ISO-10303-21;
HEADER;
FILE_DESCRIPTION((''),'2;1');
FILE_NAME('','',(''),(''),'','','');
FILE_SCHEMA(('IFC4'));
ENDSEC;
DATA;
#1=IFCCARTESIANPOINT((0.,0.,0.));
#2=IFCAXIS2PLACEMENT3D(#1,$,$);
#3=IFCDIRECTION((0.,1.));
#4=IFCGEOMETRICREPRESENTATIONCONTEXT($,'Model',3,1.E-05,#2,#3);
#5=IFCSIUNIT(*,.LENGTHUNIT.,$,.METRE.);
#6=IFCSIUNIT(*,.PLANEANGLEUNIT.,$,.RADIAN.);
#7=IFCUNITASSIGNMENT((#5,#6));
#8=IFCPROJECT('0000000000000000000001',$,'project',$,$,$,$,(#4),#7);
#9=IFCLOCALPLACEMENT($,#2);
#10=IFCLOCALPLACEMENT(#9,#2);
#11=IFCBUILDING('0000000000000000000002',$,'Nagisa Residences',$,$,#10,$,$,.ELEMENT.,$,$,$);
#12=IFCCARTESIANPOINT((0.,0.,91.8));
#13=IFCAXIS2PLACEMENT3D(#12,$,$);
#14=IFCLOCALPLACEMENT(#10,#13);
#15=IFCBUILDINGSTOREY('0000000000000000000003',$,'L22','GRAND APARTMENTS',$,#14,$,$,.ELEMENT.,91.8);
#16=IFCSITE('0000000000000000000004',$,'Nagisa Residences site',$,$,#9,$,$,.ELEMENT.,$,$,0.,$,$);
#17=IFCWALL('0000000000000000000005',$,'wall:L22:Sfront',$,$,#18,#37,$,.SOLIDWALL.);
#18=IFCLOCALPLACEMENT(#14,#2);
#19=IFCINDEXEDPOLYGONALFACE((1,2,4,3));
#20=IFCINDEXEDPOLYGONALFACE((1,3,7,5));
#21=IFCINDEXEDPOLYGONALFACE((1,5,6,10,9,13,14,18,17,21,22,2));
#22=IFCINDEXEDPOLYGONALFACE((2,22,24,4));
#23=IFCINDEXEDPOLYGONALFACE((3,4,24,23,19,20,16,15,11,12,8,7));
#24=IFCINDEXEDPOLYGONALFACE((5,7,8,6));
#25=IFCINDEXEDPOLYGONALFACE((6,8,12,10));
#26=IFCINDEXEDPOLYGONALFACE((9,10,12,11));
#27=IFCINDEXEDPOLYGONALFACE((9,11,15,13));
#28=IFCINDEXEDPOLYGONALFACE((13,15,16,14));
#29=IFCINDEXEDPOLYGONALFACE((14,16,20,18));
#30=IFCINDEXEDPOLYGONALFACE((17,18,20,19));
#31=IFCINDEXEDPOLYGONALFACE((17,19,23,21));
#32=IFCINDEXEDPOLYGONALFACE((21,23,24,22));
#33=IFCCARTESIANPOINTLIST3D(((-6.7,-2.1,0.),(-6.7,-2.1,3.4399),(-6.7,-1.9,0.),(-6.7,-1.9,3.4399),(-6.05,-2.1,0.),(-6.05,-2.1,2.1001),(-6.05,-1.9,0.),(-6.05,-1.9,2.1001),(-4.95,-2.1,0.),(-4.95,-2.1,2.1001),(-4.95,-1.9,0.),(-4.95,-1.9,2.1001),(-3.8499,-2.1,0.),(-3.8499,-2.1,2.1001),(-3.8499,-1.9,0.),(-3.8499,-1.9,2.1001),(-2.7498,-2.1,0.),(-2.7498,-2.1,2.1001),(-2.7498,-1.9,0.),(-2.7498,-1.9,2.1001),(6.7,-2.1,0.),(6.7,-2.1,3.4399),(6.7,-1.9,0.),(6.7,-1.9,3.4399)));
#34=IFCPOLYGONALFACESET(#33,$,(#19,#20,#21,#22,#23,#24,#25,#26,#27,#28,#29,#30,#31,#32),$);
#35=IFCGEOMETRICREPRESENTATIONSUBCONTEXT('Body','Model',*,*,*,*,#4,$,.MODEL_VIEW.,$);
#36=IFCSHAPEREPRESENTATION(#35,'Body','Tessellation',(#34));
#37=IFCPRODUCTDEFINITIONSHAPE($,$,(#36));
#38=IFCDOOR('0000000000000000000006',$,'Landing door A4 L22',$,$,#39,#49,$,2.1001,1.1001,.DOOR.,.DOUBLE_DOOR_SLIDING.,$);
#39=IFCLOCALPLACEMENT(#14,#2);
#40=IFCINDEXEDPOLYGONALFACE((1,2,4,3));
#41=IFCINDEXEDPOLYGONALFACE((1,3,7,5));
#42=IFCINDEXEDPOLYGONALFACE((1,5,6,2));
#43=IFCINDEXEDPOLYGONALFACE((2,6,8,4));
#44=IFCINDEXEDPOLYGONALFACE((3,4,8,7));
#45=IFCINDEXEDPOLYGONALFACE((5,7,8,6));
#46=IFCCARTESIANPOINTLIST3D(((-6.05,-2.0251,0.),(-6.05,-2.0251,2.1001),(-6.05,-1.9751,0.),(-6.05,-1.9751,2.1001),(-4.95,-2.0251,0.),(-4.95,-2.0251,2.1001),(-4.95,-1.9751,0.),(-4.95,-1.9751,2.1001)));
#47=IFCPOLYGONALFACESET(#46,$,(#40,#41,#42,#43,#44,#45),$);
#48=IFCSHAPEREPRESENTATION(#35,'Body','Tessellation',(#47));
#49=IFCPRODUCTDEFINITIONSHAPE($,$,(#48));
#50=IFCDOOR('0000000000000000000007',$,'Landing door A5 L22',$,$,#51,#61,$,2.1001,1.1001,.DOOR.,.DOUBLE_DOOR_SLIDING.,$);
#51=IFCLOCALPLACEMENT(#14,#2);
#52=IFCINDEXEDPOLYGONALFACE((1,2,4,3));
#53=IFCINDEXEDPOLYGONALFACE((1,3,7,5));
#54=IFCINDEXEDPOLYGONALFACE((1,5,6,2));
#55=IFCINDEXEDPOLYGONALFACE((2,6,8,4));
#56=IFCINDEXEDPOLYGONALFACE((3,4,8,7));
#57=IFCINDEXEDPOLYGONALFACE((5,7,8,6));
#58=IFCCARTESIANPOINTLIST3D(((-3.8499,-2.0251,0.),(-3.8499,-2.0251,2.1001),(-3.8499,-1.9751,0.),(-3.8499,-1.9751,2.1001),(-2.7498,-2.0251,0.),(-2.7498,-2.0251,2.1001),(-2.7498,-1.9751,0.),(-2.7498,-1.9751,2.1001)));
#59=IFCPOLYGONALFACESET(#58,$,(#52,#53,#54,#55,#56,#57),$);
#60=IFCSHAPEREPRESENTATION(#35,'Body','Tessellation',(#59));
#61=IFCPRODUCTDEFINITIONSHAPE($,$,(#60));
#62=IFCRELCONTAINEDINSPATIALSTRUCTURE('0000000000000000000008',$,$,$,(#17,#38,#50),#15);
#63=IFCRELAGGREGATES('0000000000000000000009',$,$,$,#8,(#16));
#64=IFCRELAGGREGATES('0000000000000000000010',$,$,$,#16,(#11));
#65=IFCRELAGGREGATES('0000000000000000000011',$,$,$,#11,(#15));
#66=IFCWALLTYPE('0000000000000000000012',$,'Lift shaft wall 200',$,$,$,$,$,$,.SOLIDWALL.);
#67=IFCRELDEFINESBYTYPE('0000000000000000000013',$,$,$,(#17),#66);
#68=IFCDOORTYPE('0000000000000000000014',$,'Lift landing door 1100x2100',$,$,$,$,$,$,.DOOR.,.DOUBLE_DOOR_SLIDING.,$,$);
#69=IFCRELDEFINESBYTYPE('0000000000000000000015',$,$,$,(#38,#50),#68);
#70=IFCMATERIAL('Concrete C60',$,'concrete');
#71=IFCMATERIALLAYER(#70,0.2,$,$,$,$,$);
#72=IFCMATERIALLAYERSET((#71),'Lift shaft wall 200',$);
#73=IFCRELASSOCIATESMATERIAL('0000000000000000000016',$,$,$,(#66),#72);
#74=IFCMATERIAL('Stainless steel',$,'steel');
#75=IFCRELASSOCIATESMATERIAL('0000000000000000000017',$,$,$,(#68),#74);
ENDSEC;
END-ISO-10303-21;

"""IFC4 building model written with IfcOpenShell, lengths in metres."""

from ifc_helpers import new_model, si_unit, direction, frame, frame_2d, origin, place, context, subcontext, project, spatial, rectangle, extrude, material, layer, layer_set, type_object, element, fill, save


model = new_model("IFC4")

# Units and contexts
model_context = context("Model", 3, precision=1e-05, world=origin(), true_north=direction((0.0, 1.0)))
body_context = subcontext(model_context, "Body", "Model", "MODEL_VIEW")
ifc_project = project(units=[si_unit("LENGTHUNIT", "METRE"), si_unit("PLANEANGLEUNIT", "RADIAN")], contexts=[model_context])

# Site, building, storey
site_placement = place(None, origin())
site = spatial("IfcSite", under=ifc_project, at=site_placement, Name="Nagisa Residences site", CompositionType="ELEMENT", RefElevation=0.0)
building_placement = place(site_placement, origin())
building = spatial("IfcBuilding", under=site, at=building_placement, Name="Nagisa Residences", CompositionType="ELEMENT")
storey_placement = place(building_placement, frame((0.0, 0.0, 91.8)))
storey = spatial("IfcBuildingStorey", under=building, at=storey_placement, Name="L22", Description="GRAND APARTMENTS", CompositionType="ELEMENT", Elevation=91.8)

# Wall, openings, doors
ifc_material_1 = material(Name="Concrete C60", Category="concrete")
ifc_layer_1 = layer(ifc_material_1, 0.2)
ifc_layer_set_1 = layer_set([ifc_layer_1], Name="Lift shaft wall 200")
wall_type = type_object("IfcWallType", Name="Lift shaft wall 200", PredefinedType="SOLIDWALL", material=ifc_layer_set_1)
wall_placement = place(storey_placement, frame((-6.7, -2.0, 0.0), z_axis=(0.0, 0.0, 1.0), x_axis=(1.0, 0.0, 0.0)))
wall = element("IfcWall", 1, at=wall_placement, inside=storey, type_object=wall_type, Name="wall:L22:Sfront", PredefinedType="SOLIDWALL", context=body_context, shape_type="SweptSolid", body=[
    extrude(rectangle(XDim=13.3999, YDim=0.2, at=frame_2d((6.7, 0.0))), origin(), (0.0, 0.0, 1.0), 3.4399),
])
opening_1_placement = place(wall_placement, frame((0.6499, 0.0, 0.0)))
opening_1 = element("IfcOpeningElement", 2, at=opening_1_placement, cuts=wall, PredefinedType="OPENING", context=body_context, shape_type="SweptSolid", body=[
    extrude(rectangle(XDim=1.1001, YDim=2.1001, at=frame_2d((0.55, 1.05))), frame((0.0, 0.1099, 0.0), z_axis=(0.0, -1.0, 0.0), x_axis=(1.0, 0.0, 0.0)), (0.0, 0.0, 1.0), 0.22),
])
opening_2_placement = place(wall_placement, frame((2.8501, 0.0, 0.0)))
opening_2 = element("IfcOpeningElement", 3, at=opening_2_placement, cuts=wall, PredefinedType="OPENING", context=body_context, shape_type="SweptSolid", body=[
    extrude(rectangle(XDim=1.1001, YDim=2.1001, at=frame_2d((0.55, 1.05))), frame((0.0, 0.1099, 0.0), z_axis=(0.0, -1.0, 0.0), x_axis=(1.0, 0.0, 0.0)), (0.0, 0.0, 1.0), 0.22),
])
ifc_material_2 = material(Name="Stainless steel", Category="steel")
door_type = type_object("IfcDoorType", Name="Lift landing door 1100x2100", OperationType="DOUBLE_DOOR_SLIDING", PredefinedType="DOOR", material=ifc_material_2)
door_1_placement = place(opening_1_placement, origin())
door_1 = element("IfcDoor", 4, at=door_1_placement, inside=storey, type_object=door_type, Name="Landing door A4 L22", OperationType="DOUBLE_DOOR_SLIDING", OverallHeight=2.1001, OverallWidth=1.1001, PredefinedType="DOOR", context=body_context, shape_type="SweptSolid", body=[
    extrude(rectangle(XDim=1.1001, YDim=2.1001, at=frame_2d((0.55, 1.05))), frame((0.0, 0.0249, 0.0), z_axis=(0.0, -1.0, 0.0), x_axis=(1.0, 0.0, 0.0)), (0.0, 0.0, 1.0), 0.05),
])
fill(opening_1, door_1)
door_2_placement = place(opening_2_placement, origin())
door_2 = element("IfcDoor", 5, at=door_2_placement, inside=storey, type_object=door_type, Name="Landing door A5 L22", OperationType="DOUBLE_DOOR_SLIDING", OverallHeight=2.1001, OverallWidth=1.1001, PredefinedType="DOOR", context=body_context, shape_type="SweptSolid", body=[
    extrude(rectangle(XDim=1.1001, YDim=2.1001, at=frame_2d((0.55, 1.05))), frame((0.0, 0.0249, 0.0), z_axis=(0.0, -1.0, 0.0), x_axis=(1.0, 0.0, 0.0)), (0.0, 0.0, 1.0), 0.05),
])
fill(opening_2, door_2)

save(model, "model.ifc")
